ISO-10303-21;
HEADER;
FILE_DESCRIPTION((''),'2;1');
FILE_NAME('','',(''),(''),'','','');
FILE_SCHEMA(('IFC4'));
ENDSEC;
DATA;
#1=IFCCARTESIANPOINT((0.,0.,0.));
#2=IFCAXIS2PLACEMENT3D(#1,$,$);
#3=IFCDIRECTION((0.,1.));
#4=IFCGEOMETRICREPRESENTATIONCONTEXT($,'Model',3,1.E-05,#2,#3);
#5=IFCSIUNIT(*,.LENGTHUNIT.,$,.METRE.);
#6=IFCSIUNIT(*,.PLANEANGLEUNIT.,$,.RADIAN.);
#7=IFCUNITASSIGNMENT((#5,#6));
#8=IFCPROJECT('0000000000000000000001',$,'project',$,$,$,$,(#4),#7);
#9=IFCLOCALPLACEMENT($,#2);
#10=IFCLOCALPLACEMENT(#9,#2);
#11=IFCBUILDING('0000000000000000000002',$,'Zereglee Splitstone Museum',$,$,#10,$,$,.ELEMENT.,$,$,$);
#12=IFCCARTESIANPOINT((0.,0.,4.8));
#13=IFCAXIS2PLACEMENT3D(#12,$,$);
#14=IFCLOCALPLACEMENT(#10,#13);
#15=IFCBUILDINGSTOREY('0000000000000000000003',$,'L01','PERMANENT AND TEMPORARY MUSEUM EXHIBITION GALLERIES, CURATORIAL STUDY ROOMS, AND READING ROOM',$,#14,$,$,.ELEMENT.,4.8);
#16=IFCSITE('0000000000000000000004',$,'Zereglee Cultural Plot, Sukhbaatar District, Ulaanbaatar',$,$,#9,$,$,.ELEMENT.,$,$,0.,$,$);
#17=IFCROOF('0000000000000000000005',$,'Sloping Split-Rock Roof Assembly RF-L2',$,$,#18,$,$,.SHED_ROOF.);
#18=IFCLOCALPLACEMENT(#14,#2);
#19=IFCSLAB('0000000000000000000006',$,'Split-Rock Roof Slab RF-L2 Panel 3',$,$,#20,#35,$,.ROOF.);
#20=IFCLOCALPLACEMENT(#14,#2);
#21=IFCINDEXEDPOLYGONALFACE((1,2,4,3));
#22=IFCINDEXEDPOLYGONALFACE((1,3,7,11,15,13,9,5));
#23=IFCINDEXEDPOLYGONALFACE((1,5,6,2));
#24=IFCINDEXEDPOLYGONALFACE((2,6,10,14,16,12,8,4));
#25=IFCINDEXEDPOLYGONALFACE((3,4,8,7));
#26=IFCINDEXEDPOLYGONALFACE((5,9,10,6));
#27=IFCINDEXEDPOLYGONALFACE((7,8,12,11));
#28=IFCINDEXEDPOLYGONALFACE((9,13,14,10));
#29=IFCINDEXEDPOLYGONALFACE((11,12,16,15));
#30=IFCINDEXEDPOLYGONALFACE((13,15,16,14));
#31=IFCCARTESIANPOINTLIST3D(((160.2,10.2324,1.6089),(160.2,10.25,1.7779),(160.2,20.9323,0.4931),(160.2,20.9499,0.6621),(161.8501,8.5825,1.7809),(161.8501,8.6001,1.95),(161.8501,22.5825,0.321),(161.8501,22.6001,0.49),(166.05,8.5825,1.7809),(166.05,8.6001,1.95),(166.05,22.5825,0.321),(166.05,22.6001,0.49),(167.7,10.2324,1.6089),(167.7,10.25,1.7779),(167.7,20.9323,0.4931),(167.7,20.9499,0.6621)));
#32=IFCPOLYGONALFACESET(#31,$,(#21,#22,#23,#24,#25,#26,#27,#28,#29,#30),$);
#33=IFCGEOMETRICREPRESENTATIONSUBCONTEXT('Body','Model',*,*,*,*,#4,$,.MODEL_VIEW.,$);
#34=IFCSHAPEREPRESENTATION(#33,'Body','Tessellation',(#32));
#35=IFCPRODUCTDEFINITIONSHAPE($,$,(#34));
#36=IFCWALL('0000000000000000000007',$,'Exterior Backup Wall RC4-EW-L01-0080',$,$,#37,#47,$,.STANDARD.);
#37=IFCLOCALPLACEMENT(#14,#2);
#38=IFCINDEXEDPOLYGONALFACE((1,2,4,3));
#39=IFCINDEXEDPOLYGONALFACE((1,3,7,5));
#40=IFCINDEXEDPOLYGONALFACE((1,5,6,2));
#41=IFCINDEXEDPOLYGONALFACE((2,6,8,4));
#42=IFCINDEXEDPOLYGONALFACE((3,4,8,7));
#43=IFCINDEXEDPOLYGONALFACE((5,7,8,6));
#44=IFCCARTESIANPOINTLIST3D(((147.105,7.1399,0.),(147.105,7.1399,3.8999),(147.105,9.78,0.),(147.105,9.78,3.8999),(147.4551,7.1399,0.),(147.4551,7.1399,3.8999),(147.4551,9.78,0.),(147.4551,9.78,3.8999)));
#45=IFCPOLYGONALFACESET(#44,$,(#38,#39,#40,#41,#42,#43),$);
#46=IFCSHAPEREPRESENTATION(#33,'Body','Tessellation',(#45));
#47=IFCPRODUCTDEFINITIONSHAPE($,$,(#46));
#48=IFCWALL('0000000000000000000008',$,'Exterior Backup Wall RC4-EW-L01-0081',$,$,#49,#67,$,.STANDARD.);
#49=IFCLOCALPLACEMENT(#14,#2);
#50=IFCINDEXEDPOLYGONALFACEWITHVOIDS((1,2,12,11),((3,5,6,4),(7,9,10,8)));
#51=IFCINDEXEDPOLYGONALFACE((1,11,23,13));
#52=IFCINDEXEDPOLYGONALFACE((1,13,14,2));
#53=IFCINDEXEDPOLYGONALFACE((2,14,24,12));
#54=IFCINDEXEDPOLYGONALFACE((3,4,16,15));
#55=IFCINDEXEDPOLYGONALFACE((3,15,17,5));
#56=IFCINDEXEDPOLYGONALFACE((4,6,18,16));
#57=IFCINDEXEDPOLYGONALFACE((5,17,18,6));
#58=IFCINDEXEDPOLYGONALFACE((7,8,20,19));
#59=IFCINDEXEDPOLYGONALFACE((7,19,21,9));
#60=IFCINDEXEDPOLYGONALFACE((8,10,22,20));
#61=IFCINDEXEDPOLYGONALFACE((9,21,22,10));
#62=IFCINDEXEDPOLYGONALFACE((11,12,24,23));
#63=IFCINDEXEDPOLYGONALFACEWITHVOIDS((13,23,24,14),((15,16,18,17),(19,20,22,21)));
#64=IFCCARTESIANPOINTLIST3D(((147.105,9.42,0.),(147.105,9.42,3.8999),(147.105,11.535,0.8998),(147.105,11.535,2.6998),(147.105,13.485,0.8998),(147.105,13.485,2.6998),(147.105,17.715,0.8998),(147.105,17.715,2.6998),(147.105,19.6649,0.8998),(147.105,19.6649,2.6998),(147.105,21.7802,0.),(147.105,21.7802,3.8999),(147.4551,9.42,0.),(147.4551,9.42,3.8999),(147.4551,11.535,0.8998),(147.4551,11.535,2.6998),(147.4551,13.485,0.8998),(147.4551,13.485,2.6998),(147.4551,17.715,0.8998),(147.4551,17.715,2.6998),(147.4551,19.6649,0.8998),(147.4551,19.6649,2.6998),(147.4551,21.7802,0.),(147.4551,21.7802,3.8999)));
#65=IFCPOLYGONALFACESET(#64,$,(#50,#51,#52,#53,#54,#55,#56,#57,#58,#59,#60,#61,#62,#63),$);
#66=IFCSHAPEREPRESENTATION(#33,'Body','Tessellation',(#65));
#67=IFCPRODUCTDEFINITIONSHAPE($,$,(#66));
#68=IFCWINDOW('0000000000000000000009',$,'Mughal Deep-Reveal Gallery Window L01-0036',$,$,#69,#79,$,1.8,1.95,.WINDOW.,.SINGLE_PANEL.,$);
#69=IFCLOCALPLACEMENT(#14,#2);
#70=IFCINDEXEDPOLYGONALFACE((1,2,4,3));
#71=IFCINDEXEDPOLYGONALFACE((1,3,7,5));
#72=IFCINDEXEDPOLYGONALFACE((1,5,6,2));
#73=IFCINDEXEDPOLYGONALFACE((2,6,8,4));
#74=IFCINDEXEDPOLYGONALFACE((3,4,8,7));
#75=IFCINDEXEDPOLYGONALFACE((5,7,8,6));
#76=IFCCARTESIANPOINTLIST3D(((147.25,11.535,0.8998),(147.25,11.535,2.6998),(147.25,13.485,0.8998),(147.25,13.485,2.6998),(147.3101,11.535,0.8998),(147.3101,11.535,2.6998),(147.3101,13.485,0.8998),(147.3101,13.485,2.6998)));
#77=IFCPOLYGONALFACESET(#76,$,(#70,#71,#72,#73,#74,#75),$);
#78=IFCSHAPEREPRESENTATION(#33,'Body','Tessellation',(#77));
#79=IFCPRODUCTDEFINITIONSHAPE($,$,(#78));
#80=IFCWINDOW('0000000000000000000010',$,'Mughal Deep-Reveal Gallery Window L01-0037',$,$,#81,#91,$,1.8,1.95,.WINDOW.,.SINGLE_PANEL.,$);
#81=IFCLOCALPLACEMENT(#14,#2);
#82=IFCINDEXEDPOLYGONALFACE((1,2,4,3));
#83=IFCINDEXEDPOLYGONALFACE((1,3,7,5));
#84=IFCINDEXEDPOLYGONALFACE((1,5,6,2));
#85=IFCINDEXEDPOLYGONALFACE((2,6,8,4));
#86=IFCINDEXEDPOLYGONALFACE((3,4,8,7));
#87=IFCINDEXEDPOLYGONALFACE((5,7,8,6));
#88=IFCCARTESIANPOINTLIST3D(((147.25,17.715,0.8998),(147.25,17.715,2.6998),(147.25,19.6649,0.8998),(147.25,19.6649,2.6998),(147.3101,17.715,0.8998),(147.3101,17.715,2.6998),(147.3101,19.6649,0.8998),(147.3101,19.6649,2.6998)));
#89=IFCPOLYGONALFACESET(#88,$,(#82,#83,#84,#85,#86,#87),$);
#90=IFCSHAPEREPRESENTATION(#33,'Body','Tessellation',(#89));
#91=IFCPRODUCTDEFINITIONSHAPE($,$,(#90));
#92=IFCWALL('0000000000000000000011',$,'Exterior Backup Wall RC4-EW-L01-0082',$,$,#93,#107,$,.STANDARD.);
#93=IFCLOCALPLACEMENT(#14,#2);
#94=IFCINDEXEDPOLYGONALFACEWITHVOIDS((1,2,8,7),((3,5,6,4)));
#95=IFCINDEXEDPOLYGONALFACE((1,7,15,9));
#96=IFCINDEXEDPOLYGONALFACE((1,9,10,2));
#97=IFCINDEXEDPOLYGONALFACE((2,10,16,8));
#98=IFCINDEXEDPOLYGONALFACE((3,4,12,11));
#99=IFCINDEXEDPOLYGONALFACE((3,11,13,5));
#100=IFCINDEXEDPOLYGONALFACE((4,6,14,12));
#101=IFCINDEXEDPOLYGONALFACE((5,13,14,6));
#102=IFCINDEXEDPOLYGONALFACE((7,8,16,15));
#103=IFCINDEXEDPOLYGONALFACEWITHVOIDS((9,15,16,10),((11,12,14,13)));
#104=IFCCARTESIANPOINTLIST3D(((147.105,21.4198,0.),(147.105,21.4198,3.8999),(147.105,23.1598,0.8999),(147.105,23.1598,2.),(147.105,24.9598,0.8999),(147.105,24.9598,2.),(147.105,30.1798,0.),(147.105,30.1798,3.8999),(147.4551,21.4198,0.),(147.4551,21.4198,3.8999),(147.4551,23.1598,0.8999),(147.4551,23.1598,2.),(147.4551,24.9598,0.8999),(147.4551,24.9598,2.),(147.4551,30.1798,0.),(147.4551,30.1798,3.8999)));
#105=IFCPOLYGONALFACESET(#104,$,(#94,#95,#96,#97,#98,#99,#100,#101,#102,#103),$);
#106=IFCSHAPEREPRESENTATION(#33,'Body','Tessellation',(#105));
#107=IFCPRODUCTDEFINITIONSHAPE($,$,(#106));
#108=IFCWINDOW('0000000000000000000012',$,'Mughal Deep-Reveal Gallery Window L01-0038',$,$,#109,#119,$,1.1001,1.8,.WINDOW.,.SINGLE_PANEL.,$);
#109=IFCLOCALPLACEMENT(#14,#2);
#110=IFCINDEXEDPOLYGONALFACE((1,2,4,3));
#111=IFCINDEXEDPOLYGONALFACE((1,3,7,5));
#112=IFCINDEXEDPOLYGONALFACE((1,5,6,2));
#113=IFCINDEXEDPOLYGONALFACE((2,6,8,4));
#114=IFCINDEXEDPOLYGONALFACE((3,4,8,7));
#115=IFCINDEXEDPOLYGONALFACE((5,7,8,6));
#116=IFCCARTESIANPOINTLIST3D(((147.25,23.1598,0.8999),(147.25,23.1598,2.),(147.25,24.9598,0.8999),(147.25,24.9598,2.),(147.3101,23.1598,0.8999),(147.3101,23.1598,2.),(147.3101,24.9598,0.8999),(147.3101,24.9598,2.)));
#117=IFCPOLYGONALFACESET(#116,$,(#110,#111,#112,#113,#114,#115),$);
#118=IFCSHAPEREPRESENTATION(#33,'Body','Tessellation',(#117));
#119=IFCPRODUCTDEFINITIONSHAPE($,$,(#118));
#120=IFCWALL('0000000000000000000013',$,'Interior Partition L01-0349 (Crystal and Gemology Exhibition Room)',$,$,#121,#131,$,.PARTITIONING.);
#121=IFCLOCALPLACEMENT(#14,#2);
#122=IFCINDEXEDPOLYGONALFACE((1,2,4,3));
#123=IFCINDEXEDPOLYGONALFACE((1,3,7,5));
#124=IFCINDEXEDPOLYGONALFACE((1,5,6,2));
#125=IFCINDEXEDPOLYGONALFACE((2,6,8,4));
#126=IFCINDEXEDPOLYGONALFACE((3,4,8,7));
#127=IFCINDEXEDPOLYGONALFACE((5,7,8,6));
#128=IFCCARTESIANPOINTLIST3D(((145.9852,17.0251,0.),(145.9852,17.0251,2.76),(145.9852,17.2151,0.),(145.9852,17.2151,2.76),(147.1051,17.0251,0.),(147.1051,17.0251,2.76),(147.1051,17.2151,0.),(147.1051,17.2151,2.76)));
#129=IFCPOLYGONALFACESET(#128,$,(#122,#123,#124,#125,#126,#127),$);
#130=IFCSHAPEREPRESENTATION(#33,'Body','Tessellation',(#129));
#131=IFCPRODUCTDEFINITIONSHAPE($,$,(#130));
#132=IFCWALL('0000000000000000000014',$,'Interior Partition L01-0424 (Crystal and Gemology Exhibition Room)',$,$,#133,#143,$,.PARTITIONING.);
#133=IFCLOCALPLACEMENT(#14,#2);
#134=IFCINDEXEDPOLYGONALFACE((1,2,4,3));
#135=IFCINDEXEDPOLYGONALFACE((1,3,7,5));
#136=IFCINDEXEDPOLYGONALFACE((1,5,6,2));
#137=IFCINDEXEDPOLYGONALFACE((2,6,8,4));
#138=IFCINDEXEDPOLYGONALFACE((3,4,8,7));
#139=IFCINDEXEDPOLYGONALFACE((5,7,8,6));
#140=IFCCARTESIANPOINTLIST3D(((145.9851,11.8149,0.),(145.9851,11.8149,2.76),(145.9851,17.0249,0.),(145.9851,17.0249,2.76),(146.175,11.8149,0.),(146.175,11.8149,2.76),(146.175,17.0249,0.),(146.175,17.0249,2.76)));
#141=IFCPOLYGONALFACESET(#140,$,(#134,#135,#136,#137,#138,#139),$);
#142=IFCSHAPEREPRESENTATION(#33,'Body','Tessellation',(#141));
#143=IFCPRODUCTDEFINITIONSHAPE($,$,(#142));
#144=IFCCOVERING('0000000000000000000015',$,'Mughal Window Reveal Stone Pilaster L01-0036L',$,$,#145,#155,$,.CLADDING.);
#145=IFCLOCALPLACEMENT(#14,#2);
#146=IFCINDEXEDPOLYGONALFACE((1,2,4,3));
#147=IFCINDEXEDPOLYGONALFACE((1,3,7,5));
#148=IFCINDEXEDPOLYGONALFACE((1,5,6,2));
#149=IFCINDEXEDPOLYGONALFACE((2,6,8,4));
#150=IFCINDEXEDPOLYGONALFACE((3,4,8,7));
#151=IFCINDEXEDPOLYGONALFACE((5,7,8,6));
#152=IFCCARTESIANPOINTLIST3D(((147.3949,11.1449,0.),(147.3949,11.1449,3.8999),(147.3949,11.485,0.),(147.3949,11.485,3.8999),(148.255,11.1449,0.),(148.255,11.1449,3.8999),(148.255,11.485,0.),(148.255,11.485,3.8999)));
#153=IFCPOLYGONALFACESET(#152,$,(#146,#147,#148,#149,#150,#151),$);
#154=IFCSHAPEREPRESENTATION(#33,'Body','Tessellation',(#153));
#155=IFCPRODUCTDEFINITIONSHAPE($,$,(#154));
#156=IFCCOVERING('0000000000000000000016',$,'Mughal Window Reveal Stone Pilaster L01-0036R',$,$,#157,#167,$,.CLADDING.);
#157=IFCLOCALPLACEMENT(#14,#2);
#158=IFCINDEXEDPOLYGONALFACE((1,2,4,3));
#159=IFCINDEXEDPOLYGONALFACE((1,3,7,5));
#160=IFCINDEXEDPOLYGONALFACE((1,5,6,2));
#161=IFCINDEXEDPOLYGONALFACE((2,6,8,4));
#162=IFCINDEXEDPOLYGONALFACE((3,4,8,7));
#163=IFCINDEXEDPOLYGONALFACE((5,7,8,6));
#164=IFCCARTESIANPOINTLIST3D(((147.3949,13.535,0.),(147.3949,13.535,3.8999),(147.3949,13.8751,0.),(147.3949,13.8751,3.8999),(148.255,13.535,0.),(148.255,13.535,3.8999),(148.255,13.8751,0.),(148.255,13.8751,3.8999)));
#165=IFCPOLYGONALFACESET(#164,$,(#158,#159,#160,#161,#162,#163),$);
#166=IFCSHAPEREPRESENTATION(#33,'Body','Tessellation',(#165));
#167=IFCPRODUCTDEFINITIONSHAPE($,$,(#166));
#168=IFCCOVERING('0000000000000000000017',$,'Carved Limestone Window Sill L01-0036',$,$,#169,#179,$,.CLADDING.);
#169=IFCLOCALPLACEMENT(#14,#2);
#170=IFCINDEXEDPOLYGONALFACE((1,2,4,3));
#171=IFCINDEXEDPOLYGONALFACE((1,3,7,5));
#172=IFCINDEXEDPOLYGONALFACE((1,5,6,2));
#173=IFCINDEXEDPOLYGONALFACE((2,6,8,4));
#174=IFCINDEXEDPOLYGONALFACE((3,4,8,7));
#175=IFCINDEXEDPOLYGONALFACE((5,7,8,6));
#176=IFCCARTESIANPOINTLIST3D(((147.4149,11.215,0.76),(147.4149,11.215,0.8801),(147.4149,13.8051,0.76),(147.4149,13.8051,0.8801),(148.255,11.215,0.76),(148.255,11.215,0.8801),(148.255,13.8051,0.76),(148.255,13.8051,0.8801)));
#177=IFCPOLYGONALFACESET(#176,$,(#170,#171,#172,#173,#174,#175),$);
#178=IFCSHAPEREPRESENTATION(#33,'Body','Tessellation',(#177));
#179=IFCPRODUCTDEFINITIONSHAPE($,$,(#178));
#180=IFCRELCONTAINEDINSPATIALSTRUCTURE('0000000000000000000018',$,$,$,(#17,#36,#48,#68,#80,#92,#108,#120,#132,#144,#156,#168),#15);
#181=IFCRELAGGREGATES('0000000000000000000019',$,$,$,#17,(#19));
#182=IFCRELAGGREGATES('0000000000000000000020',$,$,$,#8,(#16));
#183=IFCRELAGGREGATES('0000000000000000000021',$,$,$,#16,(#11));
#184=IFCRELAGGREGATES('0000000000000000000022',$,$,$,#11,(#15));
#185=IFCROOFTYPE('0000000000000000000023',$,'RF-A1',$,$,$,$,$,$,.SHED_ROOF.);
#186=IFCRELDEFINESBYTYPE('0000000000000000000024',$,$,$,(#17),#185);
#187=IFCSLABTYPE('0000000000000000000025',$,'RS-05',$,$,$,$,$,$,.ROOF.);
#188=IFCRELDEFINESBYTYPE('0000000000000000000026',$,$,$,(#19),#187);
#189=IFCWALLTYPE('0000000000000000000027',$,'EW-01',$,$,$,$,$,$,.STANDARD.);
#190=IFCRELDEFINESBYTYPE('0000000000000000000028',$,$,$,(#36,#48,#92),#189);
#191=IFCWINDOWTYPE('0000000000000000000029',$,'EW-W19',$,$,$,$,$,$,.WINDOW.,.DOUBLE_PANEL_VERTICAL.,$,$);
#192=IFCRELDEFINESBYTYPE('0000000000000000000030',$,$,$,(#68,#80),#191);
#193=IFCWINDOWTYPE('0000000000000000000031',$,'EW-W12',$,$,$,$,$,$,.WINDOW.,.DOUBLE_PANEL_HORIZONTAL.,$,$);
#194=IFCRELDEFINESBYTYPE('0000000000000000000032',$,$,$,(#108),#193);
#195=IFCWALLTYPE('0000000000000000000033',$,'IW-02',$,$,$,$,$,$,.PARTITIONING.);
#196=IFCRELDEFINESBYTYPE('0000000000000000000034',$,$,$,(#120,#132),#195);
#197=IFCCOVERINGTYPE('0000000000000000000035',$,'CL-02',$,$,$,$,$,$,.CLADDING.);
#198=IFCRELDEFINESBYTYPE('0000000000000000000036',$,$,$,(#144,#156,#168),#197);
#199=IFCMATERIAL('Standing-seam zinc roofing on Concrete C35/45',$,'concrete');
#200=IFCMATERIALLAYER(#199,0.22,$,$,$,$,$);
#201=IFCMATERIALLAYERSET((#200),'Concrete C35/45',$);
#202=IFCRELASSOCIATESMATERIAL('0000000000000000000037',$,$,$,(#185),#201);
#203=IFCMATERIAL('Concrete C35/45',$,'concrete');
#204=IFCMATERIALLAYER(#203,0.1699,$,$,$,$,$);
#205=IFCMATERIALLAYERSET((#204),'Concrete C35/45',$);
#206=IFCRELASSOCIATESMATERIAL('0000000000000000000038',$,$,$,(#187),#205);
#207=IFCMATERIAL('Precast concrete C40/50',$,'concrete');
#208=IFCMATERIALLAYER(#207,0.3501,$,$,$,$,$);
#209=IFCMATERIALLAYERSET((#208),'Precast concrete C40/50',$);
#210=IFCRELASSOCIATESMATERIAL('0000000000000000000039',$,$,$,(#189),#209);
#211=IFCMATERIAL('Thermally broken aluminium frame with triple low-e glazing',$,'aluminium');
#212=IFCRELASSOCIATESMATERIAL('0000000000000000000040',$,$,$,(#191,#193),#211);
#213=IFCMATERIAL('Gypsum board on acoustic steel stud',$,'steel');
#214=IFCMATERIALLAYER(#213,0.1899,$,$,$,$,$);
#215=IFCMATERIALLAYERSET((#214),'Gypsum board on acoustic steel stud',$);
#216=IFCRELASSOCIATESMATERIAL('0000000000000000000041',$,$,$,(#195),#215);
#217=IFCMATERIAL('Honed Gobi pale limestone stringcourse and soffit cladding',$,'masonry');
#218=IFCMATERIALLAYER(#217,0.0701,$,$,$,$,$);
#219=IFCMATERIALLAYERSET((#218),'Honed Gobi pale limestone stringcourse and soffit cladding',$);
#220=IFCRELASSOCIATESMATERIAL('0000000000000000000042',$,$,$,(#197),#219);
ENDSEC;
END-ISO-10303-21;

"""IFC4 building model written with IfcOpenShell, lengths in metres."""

from ifc_helpers import new_model, si_unit, direction, frame, frame_2d, origin, origin_2d, place, context, subcontext, project, spatial, polyline, rectangle, outline, extrude, material, layer, layer_set, type_object, element, fill, aggregate, save


model = new_model("IFC4")

# Units and contexts
model_context = context("Model", 3, precision=1e-05, world=origin(), true_north=direction((0.0, 1.0)))
body_context = subcontext(model_context, "Body", "Model", "MODEL_VIEW")
ifc_project = project(units=[si_unit("LENGTHUNIT", "METRE"), si_unit("PLANEANGLEUNIT", "RADIAN")], contexts=[model_context])

# Site, building, storey
site_placement = place(None, origin())
site = spatial("IfcSite", under=ifc_project, at=site_placement, Name="Zereglee Cultural Plot, Sukhbaatar District, Ulaanbaatar", CompositionType="ELEMENT", RefElevation=0.0)
building_placement = place(site_placement, origin())
building = spatial("IfcBuilding", under=site, at=building_placement, Name="Zereglee Splitstone Museum", CompositionType="ELEMENT")
storey_placement = place(building_placement, frame((0.0, 0.0, 4.8)))
storey = spatial("IfcBuildingStorey", under=building, at=storey_placement, Name="L01", Description="PERMANENT AND TEMPORARY MUSEUM EXHIBITION GALLERIES, CURATORIAL STUDY ROOMS, AND READING ROOM", CompositionType="ELEMENT", Elevation=4.8)

# Roof, slab
ifc_material_1 = material(Name="Standing-seam zinc roofing on Concrete C35/45", Category="concrete")
ifc_layer_1 = layer(ifc_material_1, 0.22)
ifc_layer_set_1 = layer_set([ifc_layer_1], Name="Concrete C35/45")
roof_type = type_object("IfcRoofType", Name="RF-A1", PredefinedType="SHED_ROOF", material=ifc_layer_set_1)
roof_placement = place(storey_placement, origin())
roof = element("IfcRoof", 1, at=roof_placement, inside=storey, type_object=roof_type, Name="Sloping Split-Rock Roof Assembly RF-L2", PredefinedType="SHED_ROOF")
ifc_material_2 = material(Name="Concrete C35/45", Category="concrete")
ifc_layer_2 = layer(ifc_material_2, 0.1699)
ifc_layer_set_2 = layer_set([ifc_layer_2], Name="Concrete C35/45")
slab_type = type_object("IfcSlabType", Name="RS-05", PredefinedType="ROOF", material=ifc_layer_set_2)
slab_1_placement = place(storey_placement, frame((161.8501, 8.6001, 1.95), z_axis=(0.0, 0.103719, 0.994607), x_axis=(1.0, 0.0, 0.0)))
slab_1 = element("IfcSlab", 2, at=slab_1_placement, type_object=slab_type, Name="Split-Rock Roof Slab RF-L2 Panel 3", PredefinedType="ROOF", context=body_context, shape_type="SweptSolid", body=[
    extrude(outline(polyline([(0.0, 0.0), (4.2, 0.0), (5.8499, 1.6589), (5.8499, 12.4168), (4.2, 14.0759), (0.0, 14.0759), (-1.6501, 12.4168), (-1.6501, 1.6589), (0.0, 0.0)])), origin(), (0.0, 0.0, -1.0), 0.1699),
])
aggregate(roof, [slab_1])

# Wall
ifc_material_3 = material(Name="Precast concrete C40/50", Category="concrete")
ifc_layer_3 = layer(ifc_material_3, 0.3501)
ifc_layer_set_3 = layer_set([ifc_layer_3], Name="Precast concrete C40/50")
wall_type_1 = type_object("IfcWallType", Name="EW-01", PredefinedType="STANDARD", material=ifc_layer_set_3)
wall_1_placement = place(storey_placement, frame((147.28, 7.1399, 0.0), z_axis=(0.0, 0.0, 1.0), x_axis=(0.0, 1.0, 0.0)))
element("IfcWall", 3, at=wall_1_placement, inside=storey, type_object=wall_type_1, Name="Exterior Backup Wall RC4-EW-L01-0080", PredefinedType="STANDARD", context=body_context, shape_type="SweptSolid", body=[
    extrude(rectangle(XDim=2.6401, YDim=0.3501, at=frame_2d((1.3201, 0.0))), origin(), (0.0, 0.0, 1.0), 3.8999),
])

# Wall, openings, windows
wall_2_placement = place(storey_placement, frame((147.28, 9.4199, 0.0), z_axis=(0.0, 0.0, 1.0), x_axis=(0.0, 1.0, 0.0)))
wall_2 = element("IfcWall", 4, at=wall_2_placement, inside=storey, type_object=wall_type_1, Name="Exterior Backup Wall RC4-EW-L01-0081", PredefinedType="STANDARD", context=body_context, shape_type="SweptSolid", body=[
    extrude(rectangle(XDim=12.3601, YDim=0.3501, at=frame_2d((6.1802, 0.0))), origin(), (0.0, 0.0, 1.0), 3.8999),
])
opening_1_placement = place(wall_2_placement, frame((2.115, 0.0, 0.8999)))
opening_1 = element("IfcOpeningElement", 5, at=opening_1_placement, cuts=wall_2, PredefinedType="OPENING", context=body_context, shape_type="SweptSolid", body=[
    extrude(rectangle(XDim=1.95, YDim=1.8, at=frame_2d((0.9751, 0.8999))), frame((0.0, 0.1899, 0.0), z_axis=(0.0, -1.0, 0.0), x_axis=(1.0, 0.0, 0.0)), (0.0, 0.0, 1.0), 0.3799),
])
opening_2_placement = place(wall_2_placement, frame((8.2949, 0.0, 0.8999)))
opening_2 = element("IfcOpeningElement", 6, at=opening_2_placement, cuts=wall_2, PredefinedType="OPENING", context=body_context, shape_type="SweptSolid", body=[
    extrude(rectangle(XDim=1.95, YDim=1.8, at=frame_2d((0.9751, 0.8999))), frame((0.0, 0.1899, 0.0), z_axis=(0.0, -1.0, 0.0), x_axis=(1.0, 0.0, 0.0)), (0.0, 0.0, 1.0), 0.3799),
])
ifc_material_4 = material(Name="Thermally broken aluminium frame with triple low-e glazing", Category="aluminium")
window_type_1 = type_object("IfcWindowType", Name="EW-W19", PartitioningType="DOUBLE_PANEL_VERTICAL", PredefinedType="WINDOW", material=ifc_material_4)
window_1_placement = place(opening_1_placement, origin())
window_1 = element("IfcWindow", 7, at=window_1_placement, inside=storey, type_object=window_type_1, Name="Mughal Deep-Reveal Gallery Window L01-0036", OverallHeight=1.8, OverallWidth=1.95, PartitioningType="SINGLE_PANEL", PredefinedType="WINDOW", context=body_context, shape_type="SweptSolid", body=[
    extrude(rectangle(XDim=1.95, YDim=1.8, at=frame_2d((0.9751, 0.8999))), frame((0.0, 0.03, 0.0), z_axis=(0.0, -1.0, 0.0), x_axis=(1.0, 0.0, 0.0)), (0.0, 0.0, 1.0), 0.0601),
])
fill(opening_1, window_1)
window_2_placement = place(opening_2_placement, origin())
window_2 = element("IfcWindow", 8, at=window_2_placement, inside=storey, type_object=window_type_1, Name="Mughal Deep-Reveal Gallery Window L01-0037", OverallHeight=1.8, OverallWidth=1.95, PartitioningType="SINGLE_PANEL", PredefinedType="WINDOW", context=body_context, shape_type="SweptSolid", body=[
    extrude(rectangle(XDim=1.95, YDim=1.8, at=frame_2d((0.9751, 0.8999))), frame((0.0, 0.03, 0.0), z_axis=(0.0, -1.0, 0.0), x_axis=(1.0, 0.0, 0.0)), (0.0, 0.0, 1.0), 0.0601),
])
fill(opening_2, window_2)

# Wall, opening, window
wall_3_placement = place(storey_placement, frame((147.28, 21.4199, 0.0), z_axis=(0.0, 0.0, 1.0), x_axis=(0.0, 1.0, 0.0)))
wall_3 = element("IfcWall", 9, at=wall_3_placement, inside=storey, type_object=wall_type_1, Name="Exterior Backup Wall RC4-EW-L01-0082", PredefinedType="STANDARD", context=body_context, shape_type="SweptSolid", body=[
    extrude(rectangle(XDim=8.76, YDim=0.3501, at=frame_2d((4.3799, 0.0))), origin(), (0.0, 0.0, 1.0), 3.8999),
])
opening_3_placement = place(wall_3_placement, frame((1.74, 0.0, 0.8999)))
opening_3 = element("IfcOpeningElement", 10, at=opening_3_placement, cuts=wall_3, PredefinedType="OPENING", context=body_context, shape_type="SweptSolid", body=[
    extrude(rectangle(XDim=1.8, YDim=1.1001, at=frame_2d((0.8999, 0.55))), frame((0.0, 0.1899, 0.0), z_axis=(0.0, -1.0, 0.0), x_axis=(1.0, 0.0, 0.0)), (0.0, 0.0, 1.0), 0.3799),
])
window_type_2 = type_object("IfcWindowType", Name="EW-W12", PartitioningType="DOUBLE_PANEL_HORIZONTAL", PredefinedType="WINDOW", material=ifc_material_4)
window_3_placement = place(opening_3_placement, origin())
window_3 = element("IfcWindow", 11, at=window_3_placement, inside=storey, type_object=window_type_2, Name="Mughal Deep-Reveal Gallery Window L01-0038", OverallHeight=1.1001, OverallWidth=1.8, PartitioningType="SINGLE_PANEL", PredefinedType="WINDOW", context=body_context, shape_type="SweptSolid", body=[
    extrude(rectangle(XDim=1.8, YDim=1.1001, at=frame_2d((0.8999, 0.55))), frame((0.0, 0.03, 0.0), z_axis=(0.0, -1.0, 0.0), x_axis=(1.0, 0.0, 0.0)), (0.0, 0.0, 1.0), 0.0601),
])
fill(opening_3, window_3)

# Walls
ifc_material_5 = material(Name="Gypsum board on acoustic steel stud", Category="steel")
ifc_layer_4 = layer(ifc_material_5, 0.1899)
ifc_layer_set_4 = layer_set([ifc_layer_4], Name="Gypsum board on acoustic steel stud")
wall_type_2 = type_object("IfcWallType", Name="IW-02", PredefinedType="PARTITIONING", material=ifc_layer_set_4)
wall_4_placement = place(storey_placement, frame((145.9851, 17.1201, 0.0), z_axis=(0.0, 0.0, 1.0), x_axis=(1.0, 0.0, 0.0)))
element("IfcWall", 12, at=wall_4_placement, inside=storey, type_object=wall_type_2, Name="Interior Partition L01-0349 (Crystal and Gemology Exhibition Room)", PredefinedType="PARTITIONING", context=body_context, shape_type="SweptSolid", body=[
    extrude(rectangle(XDim=1.1199, YDim=0.1899, at=frame_2d((0.5601, 0.0))), origin(), (0.0, 0.0, 1.0), 2.76),
])
wall_5_placement = place(storey_placement, frame((146.0801, 11.8149, 0.0), z_axis=(0.0, 0.0, 1.0), x_axis=(0.0, 1.0, 0.0)))
element("IfcWall", 13, at=wall_5_placement, inside=storey, type_object=wall_type_2, Name="Interior Partition L01-0424 (Crystal and Gemology Exhibition Room)", PredefinedType="PARTITIONING", context=body_context, shape_type="SweptSolid", body=[
    extrude(rectangle(XDim=5.21, YDim=0.1899, at=frame_2d((2.605, 0.0))), origin(), (0.0, 0.0, 1.0), 2.76),
])

# Coverings
ifc_material_6 = material(Name="Honed Gobi pale limestone stringcourse and soffit cladding", Category="masonry")
ifc_layer_5 = layer(ifc_material_6, 0.0701)
ifc_layer_set_5 = layer_set([ifc_layer_5], Name="Honed Gobi pale limestone stringcourse and soffit cladding")
covering_type_1 = type_object("IfcCoveringType", Name="CL-02", PredefinedType="CLADDING", material=ifc_layer_set_5)
for number, where, z_axis, x_axis, name in (
    (14, (147.825, 11.3149, 0.0), (0.0, 0.0, 1.0), (0.0, 1.0, 0.0), "Mughal Window Reveal Stone Pilaster L01-0036L"),
    (15, (147.825, 13.7051, 0.0), (0.0, 0.0, 1.0), (0.0, 1.0, 0.0), "Mughal Window Reveal Stone Pilaster L01-0036R"),
):
    element("IfcCovering", number, at=place(storey_placement, frame(where, z_axis=z_axis, x_axis=x_axis)), inside=storey, type_object=covering_type_1, Name=name, PredefinedType="CLADDING", context=body_context, shape_type="SweptSolid", body=[
        extrude(rectangle(XDim=0.3401, YDim=0.8601, at=origin_2d()), origin(), (0.0, 0.0, 1.0), 3.8999),
    ])
covering_1_placement = place(storey_placement, frame((147.835, 12.51, 0.76), z_axis=(0.0, 0.0, 1.0), x_axis=(0.0, 1.0, 0.0)))
element("IfcCovering", 16, at=covering_1_placement, inside=storey, type_object=covering_type_1, Name="Carved Limestone Window Sill L01-0036", PredefinedType="CLADDING", context=body_context, shape_type="SweptSolid", body=[
    extrude(rectangle(XDim=2.5901, YDim=0.8401, at=origin_2d()), origin(), (0.0, 0.0, 1.0), 0.1201),
])

save(model, "model.ifc")
